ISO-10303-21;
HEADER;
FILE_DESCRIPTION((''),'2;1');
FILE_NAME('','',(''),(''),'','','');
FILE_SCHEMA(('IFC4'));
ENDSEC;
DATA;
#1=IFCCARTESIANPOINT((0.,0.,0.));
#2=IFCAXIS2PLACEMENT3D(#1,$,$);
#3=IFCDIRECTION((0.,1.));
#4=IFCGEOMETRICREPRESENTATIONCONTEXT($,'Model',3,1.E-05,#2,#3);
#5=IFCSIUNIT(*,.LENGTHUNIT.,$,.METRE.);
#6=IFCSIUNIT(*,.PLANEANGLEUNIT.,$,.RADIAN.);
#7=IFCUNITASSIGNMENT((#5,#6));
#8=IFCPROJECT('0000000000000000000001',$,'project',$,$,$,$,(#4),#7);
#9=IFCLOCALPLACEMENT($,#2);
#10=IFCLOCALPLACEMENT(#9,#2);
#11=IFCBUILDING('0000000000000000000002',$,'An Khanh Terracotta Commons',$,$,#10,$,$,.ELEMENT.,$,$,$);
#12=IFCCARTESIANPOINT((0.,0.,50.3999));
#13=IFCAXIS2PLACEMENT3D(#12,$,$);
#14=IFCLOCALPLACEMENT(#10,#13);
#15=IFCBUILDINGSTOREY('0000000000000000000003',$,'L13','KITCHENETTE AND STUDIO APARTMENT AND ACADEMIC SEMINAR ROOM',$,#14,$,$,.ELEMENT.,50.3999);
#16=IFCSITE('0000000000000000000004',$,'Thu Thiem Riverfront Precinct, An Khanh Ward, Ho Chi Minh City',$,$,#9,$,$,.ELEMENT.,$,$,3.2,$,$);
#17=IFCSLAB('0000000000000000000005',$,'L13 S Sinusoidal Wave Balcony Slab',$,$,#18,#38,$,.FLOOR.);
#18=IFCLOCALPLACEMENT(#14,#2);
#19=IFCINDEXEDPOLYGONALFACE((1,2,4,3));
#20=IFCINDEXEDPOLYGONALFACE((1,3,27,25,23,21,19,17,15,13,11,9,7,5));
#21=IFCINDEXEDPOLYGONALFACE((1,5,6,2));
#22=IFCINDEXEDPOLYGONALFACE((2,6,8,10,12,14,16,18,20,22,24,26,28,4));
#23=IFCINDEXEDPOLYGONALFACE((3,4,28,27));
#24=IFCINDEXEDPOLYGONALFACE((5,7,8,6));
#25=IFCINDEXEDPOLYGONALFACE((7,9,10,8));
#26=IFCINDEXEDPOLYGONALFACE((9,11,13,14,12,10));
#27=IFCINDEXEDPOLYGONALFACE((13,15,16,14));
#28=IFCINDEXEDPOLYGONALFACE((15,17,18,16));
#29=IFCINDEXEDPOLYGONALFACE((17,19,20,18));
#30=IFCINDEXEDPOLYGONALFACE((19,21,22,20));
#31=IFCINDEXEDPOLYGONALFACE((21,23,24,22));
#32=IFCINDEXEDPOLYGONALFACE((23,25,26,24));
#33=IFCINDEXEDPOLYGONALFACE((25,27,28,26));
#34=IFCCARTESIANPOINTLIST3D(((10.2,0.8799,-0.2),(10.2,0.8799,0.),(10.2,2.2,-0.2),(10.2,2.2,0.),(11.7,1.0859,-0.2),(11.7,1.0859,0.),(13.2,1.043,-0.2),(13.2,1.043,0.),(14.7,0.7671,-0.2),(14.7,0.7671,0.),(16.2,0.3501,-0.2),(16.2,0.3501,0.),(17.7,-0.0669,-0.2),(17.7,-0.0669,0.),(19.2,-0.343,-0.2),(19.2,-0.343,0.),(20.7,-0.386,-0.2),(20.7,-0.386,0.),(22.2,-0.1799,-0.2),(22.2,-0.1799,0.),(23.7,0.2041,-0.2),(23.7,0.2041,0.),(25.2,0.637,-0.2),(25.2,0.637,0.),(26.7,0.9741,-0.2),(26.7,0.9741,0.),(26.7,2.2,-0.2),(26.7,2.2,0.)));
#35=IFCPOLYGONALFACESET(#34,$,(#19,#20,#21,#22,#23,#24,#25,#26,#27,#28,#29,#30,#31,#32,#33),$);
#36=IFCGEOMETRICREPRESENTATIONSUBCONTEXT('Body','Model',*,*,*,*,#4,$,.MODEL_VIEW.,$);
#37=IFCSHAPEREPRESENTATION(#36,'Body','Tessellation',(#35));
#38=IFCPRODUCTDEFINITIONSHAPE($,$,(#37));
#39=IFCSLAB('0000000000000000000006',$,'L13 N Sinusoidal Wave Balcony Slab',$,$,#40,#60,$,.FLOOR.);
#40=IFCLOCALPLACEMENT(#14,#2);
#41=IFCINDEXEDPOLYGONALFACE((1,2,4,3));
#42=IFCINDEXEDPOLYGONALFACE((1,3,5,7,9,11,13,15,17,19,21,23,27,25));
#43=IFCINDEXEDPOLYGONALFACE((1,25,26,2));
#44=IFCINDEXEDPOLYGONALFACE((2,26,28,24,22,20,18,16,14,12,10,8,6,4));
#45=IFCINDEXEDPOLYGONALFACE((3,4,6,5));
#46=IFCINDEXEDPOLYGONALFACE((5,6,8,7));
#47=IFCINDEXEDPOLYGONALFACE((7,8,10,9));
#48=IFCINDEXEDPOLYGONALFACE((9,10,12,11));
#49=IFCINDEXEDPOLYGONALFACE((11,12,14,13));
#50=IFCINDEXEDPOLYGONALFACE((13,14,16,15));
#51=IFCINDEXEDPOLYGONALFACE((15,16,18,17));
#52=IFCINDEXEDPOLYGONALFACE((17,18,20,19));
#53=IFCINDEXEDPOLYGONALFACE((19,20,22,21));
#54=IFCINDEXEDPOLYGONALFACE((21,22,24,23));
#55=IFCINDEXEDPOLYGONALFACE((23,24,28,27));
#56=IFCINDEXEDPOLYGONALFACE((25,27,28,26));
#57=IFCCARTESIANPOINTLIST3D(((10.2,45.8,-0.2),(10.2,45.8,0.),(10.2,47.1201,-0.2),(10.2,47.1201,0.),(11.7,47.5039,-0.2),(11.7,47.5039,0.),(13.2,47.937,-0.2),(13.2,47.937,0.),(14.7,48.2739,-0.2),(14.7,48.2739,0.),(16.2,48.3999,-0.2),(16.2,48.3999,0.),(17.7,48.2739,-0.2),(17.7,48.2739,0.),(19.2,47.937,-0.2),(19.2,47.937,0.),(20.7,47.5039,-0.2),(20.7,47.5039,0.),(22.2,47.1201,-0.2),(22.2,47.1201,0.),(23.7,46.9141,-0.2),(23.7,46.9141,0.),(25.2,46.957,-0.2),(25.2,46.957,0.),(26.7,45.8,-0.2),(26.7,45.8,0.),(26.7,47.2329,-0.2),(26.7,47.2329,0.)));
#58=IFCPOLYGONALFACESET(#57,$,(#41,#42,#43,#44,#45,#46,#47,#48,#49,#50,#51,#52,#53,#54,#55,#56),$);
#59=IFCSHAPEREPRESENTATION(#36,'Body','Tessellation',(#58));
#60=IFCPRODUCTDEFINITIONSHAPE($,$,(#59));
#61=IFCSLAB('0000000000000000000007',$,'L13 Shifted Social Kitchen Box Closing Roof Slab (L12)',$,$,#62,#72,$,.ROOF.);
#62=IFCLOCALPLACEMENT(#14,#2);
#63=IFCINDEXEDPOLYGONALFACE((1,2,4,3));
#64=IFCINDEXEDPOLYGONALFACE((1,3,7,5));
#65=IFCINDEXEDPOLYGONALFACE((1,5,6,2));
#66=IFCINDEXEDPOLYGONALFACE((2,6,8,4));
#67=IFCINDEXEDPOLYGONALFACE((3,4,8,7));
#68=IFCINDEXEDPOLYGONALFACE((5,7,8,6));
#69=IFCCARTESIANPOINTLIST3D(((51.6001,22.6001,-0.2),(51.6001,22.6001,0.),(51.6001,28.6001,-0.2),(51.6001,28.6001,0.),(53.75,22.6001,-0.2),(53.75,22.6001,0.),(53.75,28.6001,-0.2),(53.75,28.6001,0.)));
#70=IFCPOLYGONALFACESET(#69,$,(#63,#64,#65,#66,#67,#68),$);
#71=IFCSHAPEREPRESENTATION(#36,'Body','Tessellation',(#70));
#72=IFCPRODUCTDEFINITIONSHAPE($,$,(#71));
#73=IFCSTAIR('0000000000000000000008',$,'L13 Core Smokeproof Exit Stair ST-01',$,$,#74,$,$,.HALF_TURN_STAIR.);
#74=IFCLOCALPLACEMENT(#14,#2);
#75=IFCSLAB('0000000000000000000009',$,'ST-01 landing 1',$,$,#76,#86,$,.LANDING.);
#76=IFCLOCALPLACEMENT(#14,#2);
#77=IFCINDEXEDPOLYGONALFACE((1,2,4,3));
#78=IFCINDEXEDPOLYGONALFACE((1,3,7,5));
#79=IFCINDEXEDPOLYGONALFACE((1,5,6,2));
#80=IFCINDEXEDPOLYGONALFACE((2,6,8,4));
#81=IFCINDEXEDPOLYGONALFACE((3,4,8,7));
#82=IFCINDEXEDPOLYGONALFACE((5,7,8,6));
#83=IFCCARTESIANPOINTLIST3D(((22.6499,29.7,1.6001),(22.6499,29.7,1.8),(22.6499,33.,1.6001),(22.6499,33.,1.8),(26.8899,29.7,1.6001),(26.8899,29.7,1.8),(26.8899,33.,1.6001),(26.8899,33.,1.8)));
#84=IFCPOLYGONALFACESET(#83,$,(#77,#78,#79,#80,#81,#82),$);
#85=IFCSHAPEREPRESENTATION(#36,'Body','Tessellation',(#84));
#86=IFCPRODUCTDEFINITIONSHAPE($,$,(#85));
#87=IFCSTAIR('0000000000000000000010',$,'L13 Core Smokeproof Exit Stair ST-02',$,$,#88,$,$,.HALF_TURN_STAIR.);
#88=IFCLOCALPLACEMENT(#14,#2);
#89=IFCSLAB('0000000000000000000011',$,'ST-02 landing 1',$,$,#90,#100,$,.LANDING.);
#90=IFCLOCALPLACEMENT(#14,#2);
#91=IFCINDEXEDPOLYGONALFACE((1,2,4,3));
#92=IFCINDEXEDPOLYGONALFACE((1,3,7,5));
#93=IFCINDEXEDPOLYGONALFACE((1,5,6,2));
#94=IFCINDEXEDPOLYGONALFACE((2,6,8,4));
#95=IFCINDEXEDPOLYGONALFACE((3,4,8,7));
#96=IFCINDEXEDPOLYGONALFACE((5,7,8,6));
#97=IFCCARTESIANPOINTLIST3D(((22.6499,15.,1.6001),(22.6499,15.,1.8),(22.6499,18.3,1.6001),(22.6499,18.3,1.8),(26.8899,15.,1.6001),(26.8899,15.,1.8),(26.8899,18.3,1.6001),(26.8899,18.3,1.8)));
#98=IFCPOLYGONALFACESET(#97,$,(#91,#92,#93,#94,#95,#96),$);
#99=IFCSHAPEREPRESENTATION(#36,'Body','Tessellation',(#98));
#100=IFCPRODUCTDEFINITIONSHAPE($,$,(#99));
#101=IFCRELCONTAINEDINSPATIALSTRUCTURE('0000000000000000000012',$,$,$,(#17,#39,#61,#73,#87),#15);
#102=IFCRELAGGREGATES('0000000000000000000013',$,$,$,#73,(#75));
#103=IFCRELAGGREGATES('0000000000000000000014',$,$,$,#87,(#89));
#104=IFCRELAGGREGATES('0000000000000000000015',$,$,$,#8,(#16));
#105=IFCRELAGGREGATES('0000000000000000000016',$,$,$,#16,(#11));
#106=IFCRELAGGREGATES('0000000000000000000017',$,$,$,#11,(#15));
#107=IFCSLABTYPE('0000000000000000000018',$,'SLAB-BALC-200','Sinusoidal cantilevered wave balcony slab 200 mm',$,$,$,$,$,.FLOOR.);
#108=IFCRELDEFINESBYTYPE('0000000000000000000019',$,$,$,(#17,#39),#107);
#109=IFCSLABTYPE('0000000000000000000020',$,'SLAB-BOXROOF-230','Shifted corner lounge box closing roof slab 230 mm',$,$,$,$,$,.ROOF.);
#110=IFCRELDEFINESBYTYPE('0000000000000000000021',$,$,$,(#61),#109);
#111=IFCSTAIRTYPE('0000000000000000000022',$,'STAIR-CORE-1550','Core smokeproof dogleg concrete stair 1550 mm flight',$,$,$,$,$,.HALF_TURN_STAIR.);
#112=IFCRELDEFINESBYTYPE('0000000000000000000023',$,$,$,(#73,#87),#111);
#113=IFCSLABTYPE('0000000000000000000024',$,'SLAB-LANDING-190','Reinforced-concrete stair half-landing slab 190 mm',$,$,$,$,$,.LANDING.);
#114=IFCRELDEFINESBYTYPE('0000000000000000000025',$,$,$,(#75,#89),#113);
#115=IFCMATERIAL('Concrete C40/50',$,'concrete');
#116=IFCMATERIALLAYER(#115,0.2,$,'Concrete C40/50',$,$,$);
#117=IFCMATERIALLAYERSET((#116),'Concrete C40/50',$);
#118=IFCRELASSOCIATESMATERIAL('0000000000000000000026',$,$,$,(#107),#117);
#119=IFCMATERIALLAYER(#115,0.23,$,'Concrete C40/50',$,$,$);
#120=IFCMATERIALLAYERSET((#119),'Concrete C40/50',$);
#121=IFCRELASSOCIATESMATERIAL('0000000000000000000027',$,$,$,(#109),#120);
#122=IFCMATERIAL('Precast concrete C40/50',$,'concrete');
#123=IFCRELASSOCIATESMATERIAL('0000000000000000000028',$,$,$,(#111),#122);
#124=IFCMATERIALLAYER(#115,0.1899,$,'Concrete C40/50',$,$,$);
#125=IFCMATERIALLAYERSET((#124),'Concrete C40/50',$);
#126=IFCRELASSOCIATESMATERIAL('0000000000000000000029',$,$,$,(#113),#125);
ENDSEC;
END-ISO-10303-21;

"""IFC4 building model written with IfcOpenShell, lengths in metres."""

from ifc_helpers import new_model, si_unit, direction, frame, origin, place, context, subcontext, project, spatial, polyline, outline, extrude, material, layer, layer_set, type_object, element, aggregate, save


model = new_model("IFC4")

# Units and contexts
model_context = context("Model", 3, precision=1e-05, world=origin(), true_north=direction((0.0, 1.0)))
body_context = subcontext(model_context, "Body", "Model", "MODEL_VIEW")
ifc_project = project(units=[si_unit("LENGTHUNIT", "METRE"), si_unit("PLANEANGLEUNIT", "RADIAN")], contexts=[model_context])

# Site, building, storey
site_placement = place(None, origin())
site = spatial("IfcSite", under=ifc_project, at=site_placement, Name="Thu Thiem Riverfront Precinct, An Khanh Ward, Ho Chi Minh City", CompositionType="ELEMENT", RefElevation=3.2)
building_placement = place(site_placement, origin())
building = spatial("IfcBuilding", under=site, at=building_placement, Name="An Khanh Terracotta Commons", CompositionType="ELEMENT")
storey_placement = place(building_placement, frame((0.0, 0.0, 50.3999)))
storey = spatial("IfcBuildingStorey", under=building, at=storey_placement, Name="L13", Description="KITCHENETTE AND STUDIO APARTMENT AND ACADEMIC SEMINAR ROOM", CompositionType="ELEMENT", Elevation=50.3999)

# Slabs
ifc_material_1 = material(Name="Concrete C40/50", Category="concrete")
ifc_layer_1 = layer(ifc_material_1, 0.2, Name="Concrete C40/50")
ifc_layer_set_1 = layer_set([ifc_layer_1], Name="Concrete C40/50")
slab_type_1 = type_object("IfcSlabType", Name="SLAB-BALC-200", Description="Sinusoidal cantilevered wave balcony slab 200 mm", PredefinedType="FLOOR", material=ifc_layer_set_1)
slab_1_placement = place(storey_placement, frame((0.0, 0.0, -0.2)))
element("IfcSlab", 1, at=slab_1_placement, inside=storey, type_object=slab_type_1, Name="L13 S Sinusoidal Wave Balcony Slab", PredefinedType="FLOOR", context=body_context, shape_type="SweptSolid", body=[
    extrude(outline(polyline([(10.2, 2.2), (10.2, 0.8799), (11.7, 1.0859), (13.2, 1.043), (14.7, 0.7671), (16.2, 0.3501), (17.7, -0.0669), (19.2, -0.343), (20.7, -0.386), (22.2, -0.1799), (23.7, 0.2041), (25.2, 0.637), (26.7, 0.9741), (26.7, 2.2), (10.2, 2.2)])), origin(), (0.0, 0.0, 1.0), 0.2),
])
slab_2_placement = place(storey_placement, frame((0.0, 0.0, -0.2)))
element("IfcSlab", 2, at=slab_2_placement, inside=storey, type_object=slab_type_1, Name="L13 N Sinusoidal Wave Balcony Slab", PredefinedType="FLOOR", context=body_context, shape_type="SweptSolid", body=[
    extrude(outline(polyline([(26.7, 45.8), (26.7, 47.2329), (25.2, 46.957), (23.7, 46.9141), (22.2, 47.1201), (20.7, 47.5039), (19.2, 47.937), (17.7, 48.2739), (16.2, 48.3999), (14.7, 48.2739), (13.2, 47.937), (11.7, 47.5039), (10.2, 47.1201), (10.2, 45.8), (26.7, 45.8)])), origin(), (0.0, 0.0, 1.0), 0.2),
])
ifc_layer_2 = layer(ifc_material_1, 0.23, Name="Concrete C40/50")
ifc_layer_set_2 = layer_set([ifc_layer_2], Name="Concrete C40/50")
slab_type_2 = type_object("IfcSlabType", Name="SLAB-BOXROOF-230", Description="Shifted corner lounge box closing roof slab 230 mm", PredefinedType="ROOF", material=ifc_layer_set_2)
slab_3_placement = place(storey_placement, frame((0.0, 0.0, -0.2)))
element("IfcSlab", 3, at=slab_3_placement, inside=storey, type_object=slab_type_2, Name="L13 Shifted Social Kitchen Box Closing Roof Slab (L12)", PredefinedType="ROOF", context=body_context, shape_type="SweptSolid", body=[
    extrude(outline(polyline([(51.6001, 22.6001), (53.75, 22.6001), (53.75, 28.6001), (51.6001, 28.6001), (51.6001, 22.6001)])), origin(), (0.0, 0.0, 1.0), 0.2),
])

# Stairs, slabs
ifc_material_2 = material(Name="Precast concrete C40/50", Category="concrete")
stair_type = type_object("IfcStairType", Name="STAIR-CORE-1550", Description="Core smokeproof dogleg concrete stair 1550 mm flight", PredefinedType="HALF_TURN_STAIR", material=ifc_material_2)
stair_1_placement = place(storey_placement, origin())
stair_1 = element("IfcStair", 4, at=stair_1_placement, inside=storey, type_object=stair_type, Name="L13 Core Smokeproof Exit Stair ST-01", PredefinedType="HALF_TURN_STAIR")
ifc_layer_3 = layer(ifc_material_1, 0.1899, Name="Concrete C40/50")
ifc_layer_set_3 = layer_set([ifc_layer_3], Name="Concrete C40/50")
slab_type_3 = type_object("IfcSlabType", Name="SLAB-LANDING-190", Description="Reinforced-concrete stair half-landing slab 190 mm", PredefinedType="LANDING", material=ifc_layer_set_3)
slab_4_placement = place(storey_placement, frame((0.0, 0.0, 1.6001)))
slab_4 = element("IfcSlab", 5, at=slab_4_placement, type_object=slab_type_3, Name="ST-01 landing 1", PredefinedType="LANDING", context=body_context, shape_type="SweptSolid", body=[
    extrude(outline(polyline([(26.8899, 33.0), (22.6499, 33.0), (22.6499, 29.7), (26.8899, 29.7), (26.8899, 33.0)])), origin(), (0.0, 0.0, 1.0), 0.2),
])
aggregate(stair_1, [slab_4])
stair_2_placement = place(storey_placement, origin())
stair_2 = element("IfcStair", 6, at=stair_2_placement, inside=storey, type_object=stair_type, Name="L13 Core Smokeproof Exit Stair ST-02", PredefinedType="HALF_TURN_STAIR")
slab_5_placement = place(storey_placement, frame((0.0, 0.0, 1.6001)))
slab_5 = element("IfcSlab", 7, at=slab_5_placement, type_object=slab_type_3, Name="ST-02 landing 1", PredefinedType="LANDING", context=body_context, shape_type="SweptSolid", body=[
    extrude(outline(polyline([(26.8899, 18.3), (22.6499, 18.3), (22.6499, 15.0), (26.8899, 15.0), (26.8899, 18.3)])), origin(), (0.0, 0.0, 1.0), 0.2),
])
aggregate(stair_2, [slab_5])

save(model, "model.ifc")
